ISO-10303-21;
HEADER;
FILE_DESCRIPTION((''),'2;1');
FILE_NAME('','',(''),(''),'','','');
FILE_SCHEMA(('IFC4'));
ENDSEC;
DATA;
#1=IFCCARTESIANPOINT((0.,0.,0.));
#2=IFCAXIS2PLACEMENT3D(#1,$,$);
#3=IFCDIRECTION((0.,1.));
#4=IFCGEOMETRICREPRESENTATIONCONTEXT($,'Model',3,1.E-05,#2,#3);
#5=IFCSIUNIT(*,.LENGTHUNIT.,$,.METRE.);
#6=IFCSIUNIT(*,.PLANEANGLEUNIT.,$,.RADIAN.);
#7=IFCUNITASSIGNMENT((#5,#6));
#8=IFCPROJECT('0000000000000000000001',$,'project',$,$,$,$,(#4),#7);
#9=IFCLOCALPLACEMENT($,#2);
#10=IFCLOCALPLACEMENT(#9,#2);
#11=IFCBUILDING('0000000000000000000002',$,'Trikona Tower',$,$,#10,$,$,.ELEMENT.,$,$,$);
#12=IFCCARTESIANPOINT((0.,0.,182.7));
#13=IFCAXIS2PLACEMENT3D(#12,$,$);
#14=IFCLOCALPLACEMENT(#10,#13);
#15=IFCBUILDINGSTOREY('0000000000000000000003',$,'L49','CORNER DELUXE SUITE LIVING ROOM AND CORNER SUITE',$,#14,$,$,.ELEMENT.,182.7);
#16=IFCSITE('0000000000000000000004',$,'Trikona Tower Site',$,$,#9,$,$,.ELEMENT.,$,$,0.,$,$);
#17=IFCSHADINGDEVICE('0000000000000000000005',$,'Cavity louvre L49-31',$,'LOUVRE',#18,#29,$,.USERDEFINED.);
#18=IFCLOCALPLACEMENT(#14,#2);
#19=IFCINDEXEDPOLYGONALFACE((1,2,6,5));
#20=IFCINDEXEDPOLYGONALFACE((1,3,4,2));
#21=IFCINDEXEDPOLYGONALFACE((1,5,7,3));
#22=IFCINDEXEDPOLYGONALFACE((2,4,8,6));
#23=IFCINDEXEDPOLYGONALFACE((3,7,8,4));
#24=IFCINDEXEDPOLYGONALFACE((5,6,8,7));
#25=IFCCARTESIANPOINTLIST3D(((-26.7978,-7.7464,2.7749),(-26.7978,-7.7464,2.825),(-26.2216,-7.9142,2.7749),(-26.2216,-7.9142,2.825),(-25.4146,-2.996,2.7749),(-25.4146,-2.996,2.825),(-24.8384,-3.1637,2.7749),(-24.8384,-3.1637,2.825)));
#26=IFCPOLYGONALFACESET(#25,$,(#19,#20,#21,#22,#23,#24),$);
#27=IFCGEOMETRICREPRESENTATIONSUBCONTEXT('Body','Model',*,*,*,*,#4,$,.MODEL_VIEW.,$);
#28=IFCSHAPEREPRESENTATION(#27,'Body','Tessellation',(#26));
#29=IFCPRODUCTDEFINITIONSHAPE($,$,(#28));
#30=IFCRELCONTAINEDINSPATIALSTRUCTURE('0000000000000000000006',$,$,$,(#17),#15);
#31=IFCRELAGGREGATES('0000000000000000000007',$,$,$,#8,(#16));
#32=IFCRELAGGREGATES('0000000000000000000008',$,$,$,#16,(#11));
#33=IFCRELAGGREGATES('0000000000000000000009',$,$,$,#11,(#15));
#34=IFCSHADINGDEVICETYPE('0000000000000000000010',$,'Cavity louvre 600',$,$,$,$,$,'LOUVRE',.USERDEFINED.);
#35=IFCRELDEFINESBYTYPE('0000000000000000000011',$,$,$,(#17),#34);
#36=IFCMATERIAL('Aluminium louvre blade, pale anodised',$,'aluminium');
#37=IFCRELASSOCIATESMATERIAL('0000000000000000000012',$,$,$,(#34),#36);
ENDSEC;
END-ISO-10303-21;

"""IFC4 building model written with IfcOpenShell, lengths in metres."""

from ifc_helpers import new_model, si_unit, direction, frame, origin, origin_2d, place, context, subcontext, project, spatial, rectangle, extrude, material, type_object, element, save


model = new_model("IFC4")

# Units and contexts
model_context = context("Model", 3, precision=1e-05, world=origin(), true_north=direction((0.0, 1.0)))
body_context = subcontext(model_context, "Body", "Model", "MODEL_VIEW")
ifc_project = project(units=[si_unit("LENGTHUNIT", "METRE"), si_unit("PLANEANGLEUNIT", "RADIAN")], contexts=[model_context])

# Site, building, storey
site_placement = place(None, origin())
site = spatial("IfcSite", under=ifc_project, at=site_placement, Name="Trikona Tower Site", CompositionType="ELEMENT", RefElevation=0.0)
building_placement = place(site_placement, origin())
building = spatial("IfcBuilding", under=site, at=building_placement, Name="Trikona Tower", CompositionType="ELEMENT")
storey_placement = place(building_placement, frame((0.0, 0.0, 182.7)))
storey = spatial("IfcBuildingStorey", under=building, at=storey_placement, Name="L49", Description="CORNER DELUXE SUITE LIVING ROOM AND CORNER SUITE", CompositionType="ELEMENT", Elevation=182.7)

# Shading device
ifc_material_1 = material(Name="Aluminium louvre blade, pale anodised", Category="aluminium")
shading_device_type = type_object("IfcShadingDeviceType", Name="Cavity louvre 600", ElementType="LOUVRE", PredefinedType="USERDEFINED", material=ifc_material_1)
shading_device_1_placement = place(storey_placement, frame((-25.8181, -5.4551, 2.7749), z_axis=(0.0, 0.0, 1.0), x_axis=(-0.279554, -0.96013, 0.0)))
element("IfcShadingDevice", 1, at=shading_device_1_placement, inside=storey, type_object=shading_device_type, Name="Cavity louvre L49-31", ObjectType="LOUVRE", PredefinedType="USERDEFINED", context=body_context, shape_type="SweptSolid", body=[
    extrude(rectangle(XDim=4.9478, YDim=0.6001, at=origin_2d()), origin(), (0.0, 0.0, 1.0), 0.05),
])

save(model, "model.ifc")
